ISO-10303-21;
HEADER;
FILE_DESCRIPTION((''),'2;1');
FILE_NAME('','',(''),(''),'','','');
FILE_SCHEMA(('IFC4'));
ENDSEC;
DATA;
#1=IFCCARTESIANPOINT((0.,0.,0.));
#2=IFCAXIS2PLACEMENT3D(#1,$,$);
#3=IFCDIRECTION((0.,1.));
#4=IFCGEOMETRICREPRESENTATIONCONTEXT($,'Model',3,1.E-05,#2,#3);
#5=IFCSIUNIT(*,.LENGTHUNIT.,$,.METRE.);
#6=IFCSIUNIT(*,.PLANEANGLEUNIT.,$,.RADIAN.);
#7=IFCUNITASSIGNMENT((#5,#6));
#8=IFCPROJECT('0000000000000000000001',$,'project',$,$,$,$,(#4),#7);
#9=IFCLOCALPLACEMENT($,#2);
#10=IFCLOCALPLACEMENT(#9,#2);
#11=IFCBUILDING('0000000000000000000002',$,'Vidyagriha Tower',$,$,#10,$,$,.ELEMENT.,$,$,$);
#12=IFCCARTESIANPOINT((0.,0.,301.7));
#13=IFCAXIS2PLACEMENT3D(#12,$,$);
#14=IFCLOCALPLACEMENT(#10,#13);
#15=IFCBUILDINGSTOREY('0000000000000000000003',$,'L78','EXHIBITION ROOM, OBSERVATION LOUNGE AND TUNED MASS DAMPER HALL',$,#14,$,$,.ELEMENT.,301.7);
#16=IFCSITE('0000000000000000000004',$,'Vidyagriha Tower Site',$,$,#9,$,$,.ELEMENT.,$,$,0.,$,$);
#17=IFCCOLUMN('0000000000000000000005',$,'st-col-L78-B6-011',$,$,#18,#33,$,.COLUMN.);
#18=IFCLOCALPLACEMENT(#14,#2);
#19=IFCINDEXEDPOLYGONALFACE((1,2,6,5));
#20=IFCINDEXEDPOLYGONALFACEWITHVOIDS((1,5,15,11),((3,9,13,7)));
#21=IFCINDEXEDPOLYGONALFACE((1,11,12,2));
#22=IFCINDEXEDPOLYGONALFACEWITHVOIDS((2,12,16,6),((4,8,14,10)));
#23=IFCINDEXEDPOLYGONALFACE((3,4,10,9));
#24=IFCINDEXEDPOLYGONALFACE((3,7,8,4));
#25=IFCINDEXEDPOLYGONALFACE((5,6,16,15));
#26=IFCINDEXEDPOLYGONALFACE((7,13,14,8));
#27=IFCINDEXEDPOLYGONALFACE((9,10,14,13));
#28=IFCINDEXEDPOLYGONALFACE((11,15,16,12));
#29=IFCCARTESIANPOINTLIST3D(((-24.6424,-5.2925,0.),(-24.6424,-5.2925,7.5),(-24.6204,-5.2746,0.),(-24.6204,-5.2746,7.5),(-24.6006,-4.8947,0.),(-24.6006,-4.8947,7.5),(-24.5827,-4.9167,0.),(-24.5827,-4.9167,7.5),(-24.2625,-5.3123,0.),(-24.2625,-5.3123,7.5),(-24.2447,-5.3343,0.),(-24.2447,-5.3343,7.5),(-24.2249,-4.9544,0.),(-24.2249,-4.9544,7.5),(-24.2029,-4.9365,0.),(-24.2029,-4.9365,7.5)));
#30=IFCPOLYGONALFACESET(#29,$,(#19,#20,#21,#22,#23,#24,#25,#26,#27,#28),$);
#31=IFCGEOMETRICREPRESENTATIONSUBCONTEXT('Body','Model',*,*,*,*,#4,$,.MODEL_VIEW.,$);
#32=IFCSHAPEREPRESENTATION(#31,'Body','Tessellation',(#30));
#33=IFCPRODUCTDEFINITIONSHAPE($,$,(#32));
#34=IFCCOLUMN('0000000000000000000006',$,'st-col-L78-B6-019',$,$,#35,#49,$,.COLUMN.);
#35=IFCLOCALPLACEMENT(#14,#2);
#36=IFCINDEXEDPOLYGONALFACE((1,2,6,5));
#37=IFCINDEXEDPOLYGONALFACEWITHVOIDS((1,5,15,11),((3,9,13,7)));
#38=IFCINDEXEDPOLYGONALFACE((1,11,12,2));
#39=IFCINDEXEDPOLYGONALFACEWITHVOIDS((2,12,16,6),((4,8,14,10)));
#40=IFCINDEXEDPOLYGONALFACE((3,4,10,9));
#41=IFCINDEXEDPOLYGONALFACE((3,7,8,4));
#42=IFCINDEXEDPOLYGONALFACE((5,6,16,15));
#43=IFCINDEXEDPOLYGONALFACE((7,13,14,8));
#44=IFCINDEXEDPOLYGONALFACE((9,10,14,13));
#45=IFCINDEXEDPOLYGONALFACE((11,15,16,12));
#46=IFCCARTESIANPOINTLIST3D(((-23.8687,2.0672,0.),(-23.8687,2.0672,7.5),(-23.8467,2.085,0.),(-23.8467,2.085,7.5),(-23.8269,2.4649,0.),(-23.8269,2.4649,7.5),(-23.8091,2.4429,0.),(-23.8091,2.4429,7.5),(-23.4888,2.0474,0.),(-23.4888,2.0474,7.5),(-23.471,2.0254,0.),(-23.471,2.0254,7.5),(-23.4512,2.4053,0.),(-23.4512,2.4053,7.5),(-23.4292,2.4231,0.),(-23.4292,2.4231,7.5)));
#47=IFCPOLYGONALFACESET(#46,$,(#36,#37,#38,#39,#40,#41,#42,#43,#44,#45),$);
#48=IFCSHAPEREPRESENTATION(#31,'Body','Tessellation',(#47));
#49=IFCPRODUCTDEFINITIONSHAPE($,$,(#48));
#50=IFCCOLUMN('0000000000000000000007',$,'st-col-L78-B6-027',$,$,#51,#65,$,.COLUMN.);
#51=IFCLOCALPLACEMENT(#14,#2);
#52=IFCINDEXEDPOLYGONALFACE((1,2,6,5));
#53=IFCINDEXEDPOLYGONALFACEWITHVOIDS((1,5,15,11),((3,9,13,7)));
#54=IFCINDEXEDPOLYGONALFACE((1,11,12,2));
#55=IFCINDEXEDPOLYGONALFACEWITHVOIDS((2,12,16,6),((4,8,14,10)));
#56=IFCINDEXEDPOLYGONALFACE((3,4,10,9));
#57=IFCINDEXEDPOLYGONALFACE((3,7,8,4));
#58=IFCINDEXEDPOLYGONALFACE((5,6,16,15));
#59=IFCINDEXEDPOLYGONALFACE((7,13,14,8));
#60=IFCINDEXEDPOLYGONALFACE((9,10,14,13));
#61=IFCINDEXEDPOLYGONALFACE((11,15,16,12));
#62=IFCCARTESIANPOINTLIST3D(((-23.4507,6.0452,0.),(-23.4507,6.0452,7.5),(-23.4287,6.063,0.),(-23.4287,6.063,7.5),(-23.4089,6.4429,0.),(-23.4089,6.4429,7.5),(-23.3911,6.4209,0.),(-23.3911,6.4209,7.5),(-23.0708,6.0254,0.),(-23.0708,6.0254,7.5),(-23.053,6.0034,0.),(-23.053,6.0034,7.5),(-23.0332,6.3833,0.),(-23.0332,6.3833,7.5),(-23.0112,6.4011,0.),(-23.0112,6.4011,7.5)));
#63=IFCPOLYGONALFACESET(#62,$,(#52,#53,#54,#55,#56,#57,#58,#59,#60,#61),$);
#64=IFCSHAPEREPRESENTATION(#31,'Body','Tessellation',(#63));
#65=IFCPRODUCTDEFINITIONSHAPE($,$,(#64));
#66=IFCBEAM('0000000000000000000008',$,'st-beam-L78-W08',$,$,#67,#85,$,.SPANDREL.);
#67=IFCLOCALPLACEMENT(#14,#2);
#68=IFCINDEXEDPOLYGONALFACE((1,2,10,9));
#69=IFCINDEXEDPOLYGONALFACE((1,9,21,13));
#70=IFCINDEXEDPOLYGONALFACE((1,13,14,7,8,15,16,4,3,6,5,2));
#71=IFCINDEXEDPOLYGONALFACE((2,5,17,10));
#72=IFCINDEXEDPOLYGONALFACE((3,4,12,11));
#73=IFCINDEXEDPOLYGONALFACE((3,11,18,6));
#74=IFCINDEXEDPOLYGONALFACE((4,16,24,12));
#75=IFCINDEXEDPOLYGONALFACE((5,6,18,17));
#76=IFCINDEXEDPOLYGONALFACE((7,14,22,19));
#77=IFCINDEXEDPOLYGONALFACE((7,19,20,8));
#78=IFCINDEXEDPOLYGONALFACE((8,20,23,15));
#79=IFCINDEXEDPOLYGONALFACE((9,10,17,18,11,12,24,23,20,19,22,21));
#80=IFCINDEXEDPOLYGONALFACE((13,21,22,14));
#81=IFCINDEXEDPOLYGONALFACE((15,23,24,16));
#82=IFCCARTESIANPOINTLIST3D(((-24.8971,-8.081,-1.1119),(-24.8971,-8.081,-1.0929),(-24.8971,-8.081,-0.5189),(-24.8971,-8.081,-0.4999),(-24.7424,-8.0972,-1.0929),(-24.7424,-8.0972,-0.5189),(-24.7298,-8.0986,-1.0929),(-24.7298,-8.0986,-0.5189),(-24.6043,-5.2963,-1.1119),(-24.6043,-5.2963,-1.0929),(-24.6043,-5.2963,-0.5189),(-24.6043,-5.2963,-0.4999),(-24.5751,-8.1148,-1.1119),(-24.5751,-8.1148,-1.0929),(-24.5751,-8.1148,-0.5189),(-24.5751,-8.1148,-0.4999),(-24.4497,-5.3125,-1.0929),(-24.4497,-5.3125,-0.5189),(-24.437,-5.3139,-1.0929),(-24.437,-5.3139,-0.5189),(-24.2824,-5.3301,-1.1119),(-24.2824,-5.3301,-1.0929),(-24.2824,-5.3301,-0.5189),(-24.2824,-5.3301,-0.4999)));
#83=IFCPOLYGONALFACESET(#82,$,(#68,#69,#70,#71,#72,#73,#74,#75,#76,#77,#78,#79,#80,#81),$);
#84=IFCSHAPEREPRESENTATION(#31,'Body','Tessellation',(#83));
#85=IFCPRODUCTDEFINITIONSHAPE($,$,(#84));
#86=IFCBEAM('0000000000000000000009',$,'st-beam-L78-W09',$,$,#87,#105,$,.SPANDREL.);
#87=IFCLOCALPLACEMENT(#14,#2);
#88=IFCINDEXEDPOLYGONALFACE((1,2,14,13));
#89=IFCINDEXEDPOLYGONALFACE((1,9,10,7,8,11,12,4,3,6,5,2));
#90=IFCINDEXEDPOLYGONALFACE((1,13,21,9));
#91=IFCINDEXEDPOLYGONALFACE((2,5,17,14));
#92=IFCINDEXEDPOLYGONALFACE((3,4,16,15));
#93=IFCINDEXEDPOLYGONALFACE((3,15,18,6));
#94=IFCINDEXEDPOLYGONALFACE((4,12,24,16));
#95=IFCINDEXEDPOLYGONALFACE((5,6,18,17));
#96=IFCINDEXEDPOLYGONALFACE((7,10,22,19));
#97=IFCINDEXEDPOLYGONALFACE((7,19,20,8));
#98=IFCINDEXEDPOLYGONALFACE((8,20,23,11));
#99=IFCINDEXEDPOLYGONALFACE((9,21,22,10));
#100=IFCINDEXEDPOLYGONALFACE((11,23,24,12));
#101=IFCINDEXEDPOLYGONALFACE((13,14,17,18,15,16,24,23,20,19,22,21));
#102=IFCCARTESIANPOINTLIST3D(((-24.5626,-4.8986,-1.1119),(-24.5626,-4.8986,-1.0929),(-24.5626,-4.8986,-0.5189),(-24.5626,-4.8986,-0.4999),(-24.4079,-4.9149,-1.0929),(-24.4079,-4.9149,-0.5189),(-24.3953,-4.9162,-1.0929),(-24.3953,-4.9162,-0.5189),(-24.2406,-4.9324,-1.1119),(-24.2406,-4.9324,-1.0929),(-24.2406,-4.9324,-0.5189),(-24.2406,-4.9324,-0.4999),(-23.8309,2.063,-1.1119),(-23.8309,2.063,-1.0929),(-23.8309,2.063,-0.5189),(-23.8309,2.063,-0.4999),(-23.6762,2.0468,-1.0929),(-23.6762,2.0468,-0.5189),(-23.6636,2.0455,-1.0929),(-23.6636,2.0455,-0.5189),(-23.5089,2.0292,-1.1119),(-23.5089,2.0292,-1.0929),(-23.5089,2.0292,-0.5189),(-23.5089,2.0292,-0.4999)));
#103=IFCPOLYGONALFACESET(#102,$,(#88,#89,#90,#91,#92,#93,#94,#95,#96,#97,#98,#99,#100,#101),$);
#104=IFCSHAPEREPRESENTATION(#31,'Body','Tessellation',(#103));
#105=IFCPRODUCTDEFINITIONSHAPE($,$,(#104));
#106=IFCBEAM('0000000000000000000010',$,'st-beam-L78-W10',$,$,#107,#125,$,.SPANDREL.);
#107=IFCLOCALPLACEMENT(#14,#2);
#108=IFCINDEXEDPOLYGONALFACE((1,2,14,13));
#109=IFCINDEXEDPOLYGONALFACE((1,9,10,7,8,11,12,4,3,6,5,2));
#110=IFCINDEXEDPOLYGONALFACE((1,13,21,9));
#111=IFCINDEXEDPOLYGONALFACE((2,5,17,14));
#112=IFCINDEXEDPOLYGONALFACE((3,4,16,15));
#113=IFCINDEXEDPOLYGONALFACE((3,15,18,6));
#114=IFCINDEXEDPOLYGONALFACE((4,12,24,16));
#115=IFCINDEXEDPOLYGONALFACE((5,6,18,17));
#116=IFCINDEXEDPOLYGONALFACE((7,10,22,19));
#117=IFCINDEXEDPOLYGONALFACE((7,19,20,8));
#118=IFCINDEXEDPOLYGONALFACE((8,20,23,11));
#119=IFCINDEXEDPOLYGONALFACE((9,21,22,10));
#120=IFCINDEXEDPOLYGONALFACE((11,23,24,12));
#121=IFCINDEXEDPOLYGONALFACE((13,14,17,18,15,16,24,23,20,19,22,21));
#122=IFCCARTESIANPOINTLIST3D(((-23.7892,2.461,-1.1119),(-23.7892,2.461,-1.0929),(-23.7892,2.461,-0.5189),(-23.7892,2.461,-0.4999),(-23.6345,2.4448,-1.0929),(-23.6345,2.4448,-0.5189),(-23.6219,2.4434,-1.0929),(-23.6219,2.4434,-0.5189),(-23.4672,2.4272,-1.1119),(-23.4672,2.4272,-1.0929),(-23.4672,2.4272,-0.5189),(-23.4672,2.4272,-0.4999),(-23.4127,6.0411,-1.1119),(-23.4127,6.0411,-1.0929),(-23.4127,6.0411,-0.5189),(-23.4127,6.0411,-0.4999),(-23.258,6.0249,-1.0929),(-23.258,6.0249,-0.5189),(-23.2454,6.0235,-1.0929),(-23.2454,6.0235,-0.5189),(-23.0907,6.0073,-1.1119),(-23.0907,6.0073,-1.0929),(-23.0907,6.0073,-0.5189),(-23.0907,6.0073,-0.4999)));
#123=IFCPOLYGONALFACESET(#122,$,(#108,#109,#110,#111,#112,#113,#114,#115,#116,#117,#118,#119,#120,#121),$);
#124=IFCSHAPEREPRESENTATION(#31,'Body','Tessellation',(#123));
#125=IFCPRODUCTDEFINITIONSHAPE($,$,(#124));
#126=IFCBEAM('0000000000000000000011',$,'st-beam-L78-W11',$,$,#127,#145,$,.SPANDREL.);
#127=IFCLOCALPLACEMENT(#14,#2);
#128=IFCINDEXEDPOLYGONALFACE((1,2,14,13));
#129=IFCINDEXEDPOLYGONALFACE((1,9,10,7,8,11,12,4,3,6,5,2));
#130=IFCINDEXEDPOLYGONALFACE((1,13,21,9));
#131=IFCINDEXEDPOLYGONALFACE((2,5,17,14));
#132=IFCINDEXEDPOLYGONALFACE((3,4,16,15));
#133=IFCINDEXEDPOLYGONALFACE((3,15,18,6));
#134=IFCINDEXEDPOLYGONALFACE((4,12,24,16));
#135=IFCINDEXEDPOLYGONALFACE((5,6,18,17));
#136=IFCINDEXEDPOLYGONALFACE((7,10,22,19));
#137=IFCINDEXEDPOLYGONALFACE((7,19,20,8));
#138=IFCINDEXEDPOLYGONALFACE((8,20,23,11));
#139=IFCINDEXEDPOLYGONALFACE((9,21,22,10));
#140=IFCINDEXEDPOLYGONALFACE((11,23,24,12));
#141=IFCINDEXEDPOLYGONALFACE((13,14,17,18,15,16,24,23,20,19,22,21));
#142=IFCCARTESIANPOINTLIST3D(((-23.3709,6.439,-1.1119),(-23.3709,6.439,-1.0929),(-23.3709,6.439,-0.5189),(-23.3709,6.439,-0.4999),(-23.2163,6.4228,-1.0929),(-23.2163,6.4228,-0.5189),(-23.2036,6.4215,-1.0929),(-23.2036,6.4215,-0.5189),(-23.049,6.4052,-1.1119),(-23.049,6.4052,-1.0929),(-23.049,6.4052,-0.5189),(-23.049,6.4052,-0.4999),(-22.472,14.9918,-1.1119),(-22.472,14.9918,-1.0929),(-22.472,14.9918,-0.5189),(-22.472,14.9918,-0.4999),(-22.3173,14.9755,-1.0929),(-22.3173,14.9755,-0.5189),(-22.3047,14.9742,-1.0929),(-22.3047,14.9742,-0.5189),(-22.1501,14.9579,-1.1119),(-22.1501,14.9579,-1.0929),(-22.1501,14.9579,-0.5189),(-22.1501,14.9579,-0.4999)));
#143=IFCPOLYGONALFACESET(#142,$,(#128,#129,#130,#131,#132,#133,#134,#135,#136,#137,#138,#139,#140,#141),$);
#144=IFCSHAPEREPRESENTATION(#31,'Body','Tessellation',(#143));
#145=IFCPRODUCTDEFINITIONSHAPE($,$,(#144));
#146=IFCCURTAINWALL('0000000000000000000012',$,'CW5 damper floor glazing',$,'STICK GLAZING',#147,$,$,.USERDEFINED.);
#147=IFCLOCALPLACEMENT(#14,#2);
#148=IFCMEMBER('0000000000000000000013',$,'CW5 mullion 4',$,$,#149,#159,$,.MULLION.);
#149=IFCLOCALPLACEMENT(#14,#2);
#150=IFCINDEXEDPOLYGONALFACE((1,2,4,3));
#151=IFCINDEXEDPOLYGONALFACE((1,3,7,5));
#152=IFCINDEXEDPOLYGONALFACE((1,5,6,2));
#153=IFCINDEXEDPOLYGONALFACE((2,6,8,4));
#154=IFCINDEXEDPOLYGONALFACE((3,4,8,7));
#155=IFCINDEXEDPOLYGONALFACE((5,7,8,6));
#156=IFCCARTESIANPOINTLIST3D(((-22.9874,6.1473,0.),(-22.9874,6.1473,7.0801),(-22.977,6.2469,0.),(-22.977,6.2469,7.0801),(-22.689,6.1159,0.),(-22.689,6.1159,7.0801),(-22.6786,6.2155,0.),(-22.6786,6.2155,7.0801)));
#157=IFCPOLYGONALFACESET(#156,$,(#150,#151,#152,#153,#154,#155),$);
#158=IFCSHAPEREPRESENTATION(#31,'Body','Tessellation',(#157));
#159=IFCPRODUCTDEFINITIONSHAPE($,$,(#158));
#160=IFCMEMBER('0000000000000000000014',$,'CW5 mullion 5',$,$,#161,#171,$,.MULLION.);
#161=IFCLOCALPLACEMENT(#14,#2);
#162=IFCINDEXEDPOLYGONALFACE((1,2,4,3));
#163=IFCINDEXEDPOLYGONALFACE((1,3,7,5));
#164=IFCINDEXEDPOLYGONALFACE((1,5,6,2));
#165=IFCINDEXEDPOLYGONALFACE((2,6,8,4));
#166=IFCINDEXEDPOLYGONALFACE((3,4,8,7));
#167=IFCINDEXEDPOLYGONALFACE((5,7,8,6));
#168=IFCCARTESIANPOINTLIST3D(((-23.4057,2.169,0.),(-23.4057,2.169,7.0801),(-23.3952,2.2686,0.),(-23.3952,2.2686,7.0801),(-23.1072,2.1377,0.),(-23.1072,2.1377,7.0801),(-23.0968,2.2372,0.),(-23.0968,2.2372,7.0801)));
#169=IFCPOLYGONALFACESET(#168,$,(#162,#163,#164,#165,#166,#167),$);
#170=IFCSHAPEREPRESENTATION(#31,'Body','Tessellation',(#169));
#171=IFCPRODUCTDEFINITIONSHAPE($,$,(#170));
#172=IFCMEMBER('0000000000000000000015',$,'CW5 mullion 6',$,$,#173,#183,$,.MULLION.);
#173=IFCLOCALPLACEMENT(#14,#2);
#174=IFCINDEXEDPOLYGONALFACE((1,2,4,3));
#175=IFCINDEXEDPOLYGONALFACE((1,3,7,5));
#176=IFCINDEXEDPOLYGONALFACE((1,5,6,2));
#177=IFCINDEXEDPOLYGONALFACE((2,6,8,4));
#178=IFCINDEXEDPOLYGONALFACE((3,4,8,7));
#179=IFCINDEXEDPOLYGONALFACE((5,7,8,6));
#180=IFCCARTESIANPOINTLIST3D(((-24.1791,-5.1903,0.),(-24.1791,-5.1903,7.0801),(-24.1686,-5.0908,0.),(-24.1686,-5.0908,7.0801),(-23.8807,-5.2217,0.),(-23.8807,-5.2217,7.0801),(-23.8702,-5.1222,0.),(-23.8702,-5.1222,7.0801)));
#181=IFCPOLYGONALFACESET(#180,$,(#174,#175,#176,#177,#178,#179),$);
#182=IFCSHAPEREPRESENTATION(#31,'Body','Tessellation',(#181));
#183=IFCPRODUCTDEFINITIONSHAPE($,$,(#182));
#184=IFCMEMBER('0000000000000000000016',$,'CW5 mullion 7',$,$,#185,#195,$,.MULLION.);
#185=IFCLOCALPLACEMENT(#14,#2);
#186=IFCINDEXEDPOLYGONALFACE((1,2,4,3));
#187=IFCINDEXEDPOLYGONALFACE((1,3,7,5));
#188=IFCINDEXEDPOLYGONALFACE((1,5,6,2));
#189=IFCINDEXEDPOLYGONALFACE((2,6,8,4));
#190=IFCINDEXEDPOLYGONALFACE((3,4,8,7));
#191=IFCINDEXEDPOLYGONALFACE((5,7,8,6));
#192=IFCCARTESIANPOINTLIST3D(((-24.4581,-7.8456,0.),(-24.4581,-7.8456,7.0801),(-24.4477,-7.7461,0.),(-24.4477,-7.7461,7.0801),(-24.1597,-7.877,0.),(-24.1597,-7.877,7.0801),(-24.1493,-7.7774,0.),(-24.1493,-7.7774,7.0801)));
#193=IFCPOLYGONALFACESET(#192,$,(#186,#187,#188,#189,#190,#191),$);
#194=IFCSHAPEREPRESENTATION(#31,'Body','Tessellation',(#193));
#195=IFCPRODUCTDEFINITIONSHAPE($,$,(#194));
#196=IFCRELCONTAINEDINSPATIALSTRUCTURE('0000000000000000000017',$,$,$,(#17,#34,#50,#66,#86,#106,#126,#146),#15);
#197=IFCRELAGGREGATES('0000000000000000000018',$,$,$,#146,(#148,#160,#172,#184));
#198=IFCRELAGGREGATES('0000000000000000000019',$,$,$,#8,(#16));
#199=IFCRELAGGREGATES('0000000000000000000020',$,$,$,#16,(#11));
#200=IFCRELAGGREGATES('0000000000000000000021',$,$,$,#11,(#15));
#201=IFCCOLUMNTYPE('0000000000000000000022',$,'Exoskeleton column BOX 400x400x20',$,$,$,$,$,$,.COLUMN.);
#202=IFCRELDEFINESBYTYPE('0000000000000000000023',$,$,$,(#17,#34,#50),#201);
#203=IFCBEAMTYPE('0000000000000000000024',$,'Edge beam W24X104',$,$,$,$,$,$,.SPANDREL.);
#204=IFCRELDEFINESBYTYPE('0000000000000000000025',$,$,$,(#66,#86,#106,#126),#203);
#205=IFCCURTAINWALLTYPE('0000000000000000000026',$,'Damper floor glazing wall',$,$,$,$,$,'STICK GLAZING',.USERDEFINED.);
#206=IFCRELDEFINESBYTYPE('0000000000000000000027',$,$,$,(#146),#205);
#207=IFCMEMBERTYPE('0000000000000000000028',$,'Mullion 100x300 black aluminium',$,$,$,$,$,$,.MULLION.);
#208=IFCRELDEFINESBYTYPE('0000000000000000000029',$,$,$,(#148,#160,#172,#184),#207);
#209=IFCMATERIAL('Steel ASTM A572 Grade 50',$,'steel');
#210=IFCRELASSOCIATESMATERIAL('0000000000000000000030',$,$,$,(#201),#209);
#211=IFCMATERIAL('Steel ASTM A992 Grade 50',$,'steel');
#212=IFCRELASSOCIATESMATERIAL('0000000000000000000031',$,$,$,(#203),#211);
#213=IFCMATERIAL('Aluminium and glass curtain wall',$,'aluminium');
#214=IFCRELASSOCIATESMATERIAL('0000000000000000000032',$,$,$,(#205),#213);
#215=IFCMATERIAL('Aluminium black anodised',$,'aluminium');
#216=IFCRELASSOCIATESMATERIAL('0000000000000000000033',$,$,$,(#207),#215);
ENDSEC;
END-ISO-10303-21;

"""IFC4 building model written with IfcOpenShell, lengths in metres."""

from ifc_helpers import new_model, si_unit, direction, frame, origin, origin_2d, place, context, subcontext, project, spatial, rectangle, hollow_rectangle, i_section, extrude, material, material_profile, profile_set, type_object, element, aggregate, save


model = new_model("IFC4")

# Units and contexts
model_context = context("Model", 3, precision=1e-05, world=origin(), true_north=direction((0.0, 1.0)))
body_context = subcontext(model_context, "Body", "Model", "MODEL_VIEW")
ifc_project = project(units=[si_unit("LENGTHUNIT", "METRE"), si_unit("PLANEANGLEUNIT", "RADIAN")], contexts=[model_context])

# Site, building, storey
site_placement = place(None, origin())
site = spatial("IfcSite", under=ifc_project, at=site_placement, Name="Vidyagriha Tower Site", CompositionType="ELEMENT", RefElevation=0.0)
building_placement = place(site_placement, origin())
building = spatial("IfcBuilding", under=site, at=building_placement, Name="Vidyagriha Tower", CompositionType="ELEMENT")
storey_placement = place(building_placement, frame((0.0, 0.0, 301.7)))
storey = spatial("IfcBuildingStorey", under=building, at=storey_placement, Name="L78", Description="EXHIBITION ROOM, OBSERVATION LOUNGE AND TUNED MASS DAMPER HALL", CompositionType="ELEMENT", Elevation=301.7)

# Columns
ifc_material_1 = material(Name="Steel ASTM A572 Grade 50", Category="steel")
ifc_material_profile_1 = material_profile(ifc_material_1, hollow_rectangle(XDim=0.3999, YDim=0.3999, WallThickness=0.02, at=origin_2d()), Name="BOX 400x400x20")
ifc_profile_set_1 = profile_set([ifc_material_profile_1], Name="Steel ASTM A572 Grade 50")
column_type = type_object("IfcColumnType", Name="Exoskeleton column BOX 400x400x20", PredefinedType="COLUMN", material=ifc_profile_set_1)
for number, where, z_axis, x_axis, name in (
    (1, (-24.4226, -5.1145, 0.0), (0.0, 0.0, 1.0), (0.994522, -0.104528, 0.0), "st-col-L78-B6-011"),
    (2, (-23.6489, 2.2451, 0.0), (0.0, 0.0, 1.0), (0.994522, -0.104528, 0.0), "st-col-L78-B6-019"),
    (3, (-23.231, 6.2231, 0.0), (0.0, 0.0, 1.0), (0.994522, -0.104528, 0.0), "st-col-L78-B6-027"),
):
    element("IfcColumn", number, at=place(storey_placement, frame(where, z_axis=z_axis, x_axis=x_axis)), inside=storey, type_object=column_type, Name=name, PredefinedType="COLUMN", context=body_context, shape_type="SweptSolid", body=[
        extrude(hollow_rectangle(XDim=0.3999, YDim=0.3999, WallThickness=0.02, at=origin_2d()), origin(), (0.0, 0.0, 1.0), 7.5),
    ])

# Beams
ifc_material_2 = material(Name="Steel ASTM A992 Grade 50", Category="steel")
ifc_material_profile_2 = material_profile(ifc_material_2, i_section(OverallWidth=0.3237, OverallDepth=0.6121, WebThickness=0.0127, FlangeThickness=0.019, at=origin_2d()), Name="W24X104")
ifc_profile_set_2 = profile_set([ifc_material_profile_2], Name="Steel ASTM A992 Grade 50")
beam_type = type_object("IfcBeamType", Name="Edge beam W24X104", PredefinedType="SPANDREL", material=ifc_profile_set_2)
beam_1_placement = place(storey_placement, frame((-24.7361, -8.0979, -0.8059), z_axis=(0.104544, 0.99452, 0.0), x_axis=(-0.99452, 0.104544, 0.0)))
element("IfcBeam", 4, at=beam_1_placement, inside=storey, type_object=beam_type, Name="st-beam-L78-W08", PredefinedType="SPANDREL", context=body_context, shape_type="SweptSolid", body=[
    extrude(i_section(OverallWidth=0.3237, OverallDepth=0.6121, WebThickness=0.0127, FlangeThickness=0.019, at=origin_2d()), origin(), (0.0, 0.0, 1.0), 2.8),
])
beam_2_placement = place(storey_placement, frame((-24.4016, -4.9155, -0.8059), z_axis=(0.104527, 0.994522, 0.0), x_axis=(-0.994522, 0.104527, 0.0)))
element("IfcBeam", 5, at=beam_2_placement, inside=storey, type_object=beam_type, Name="st-beam-L78-W09", PredefinedType="SPANDREL", context=body_context, shape_type="SweptSolid", body=[
    extrude(i_section(OverallWidth=0.3237, OverallDepth=0.6121, WebThickness=0.0127, FlangeThickness=0.019, at=origin_2d()), origin(), (0.0, 0.0, 1.0), 7.0),
])
beam_3_placement = place(storey_placement, frame((-23.6282, 2.4441, -0.8059), z_axis=(0.104579, 0.994517, 0.0), x_axis=(-0.994517, 0.104579, 0.0)))
element("IfcBeam", 6, at=beam_3_placement, inside=storey, type_object=beam_type, Name="st-beam-L78-W10", PredefinedType="SPANDREL", context=body_context, shape_type="SweptSolid", body=[
    extrude(i_section(OverallWidth=0.3237, OverallDepth=0.6121, WebThickness=0.0127, FlangeThickness=0.019, at=origin_2d()), origin(), (0.0, 0.0, 1.0), 3.5999),
])
beam_4_placement = place(storey_placement, frame((-23.21, 6.4221, -0.8059), z_axis=(0.104528, 0.994522, 0.0), x_axis=(-0.994522, 0.104528, 0.0)))
element("IfcBeam", 7, at=beam_4_placement, inside=storey, type_object=beam_type, Name="st-beam-L78-W11", PredefinedType="SPANDREL", context=body_context, shape_type="SweptSolid", body=[
    extrude(i_section(OverallWidth=0.3237, OverallDepth=0.6121, WebThickness=0.0127, FlangeThickness=0.019, at=origin_2d()), origin(), (0.0, 0.0, 1.0), 8.5999),
])

# Curtain wall, members
ifc_material_3 = material(Name="Aluminium and glass curtain wall", Category="aluminium")
curtain_wall_type = type_object("IfcCurtainWallType", Name="Damper floor glazing wall", ElementType="STICK GLAZING", PredefinedType="USERDEFINED", material=ifc_material_3)
curtain_wall_1_placement = place(storey_placement, origin())
curtain_wall_1 = element("IfcCurtainWall", 8, at=curtain_wall_1_placement, inside=storey, type_object=curtain_wall_type, Name="CW5 damper floor glazing", ObjectType="STICK GLAZING", PredefinedType="USERDEFINED")
ifc_material_4 = material(Name="Aluminium black anodised", Category="aluminium")
ifc_material_profile_3 = material_profile(ifc_material_4, rectangle(XDim=0.3, YDim=0.1001, at=origin_2d()), Name="Mullion 100x300 black aluminium")
ifc_profile_set_3 = profile_set([ifc_material_profile_3], Name="Aluminium black anodised")
member_type_1 = type_object("IfcMemberType", Name="Mullion 100x300 black aluminium", PredefinedType="MULLION", material=ifc_profile_set_3)
member_1_placement = place(storey_placement, frame((-22.833, 6.1814, 0.0), z_axis=(0.0, 0.0, 1.0), x_axis=(0.994522, -0.104527, 0.0)))
member_1 = element("IfcMember", 9, at=member_1_placement, type_object=member_type_1, Name="CW5 mullion 4", PredefinedType="MULLION", context=body_context, shape_type="SweptSolid", body=[
    extrude(rectangle(XDim=0.3, YDim=0.1001, at=origin_2d()), origin(), (0.0, 0.0, 1.0), 7.0801),
])
member_2_placement = place(storey_placement, frame((-23.2512, 2.2031, 0.0), z_axis=(0.0, 0.0, 1.0), x_axis=(0.994522, -0.104527, 0.0)))
member_2 = element("IfcMember", 10, at=member_2_placement, type_object=member_type_1, Name="CW5 mullion 5", PredefinedType="MULLION", context=body_context, shape_type="SweptSolid", body=[
    extrude(rectangle(XDim=0.3, YDim=0.1001, at=origin_2d()), origin(), (0.0, 0.0, 1.0), 7.0801),
])
member_3_placement = place(storey_placement, frame((-24.0247, -5.1562, 0.0), z_axis=(0.0, 0.0, 1.0), x_axis=(0.994522, -0.104527, 0.0)))
member_3 = element("IfcMember", 11, at=member_3_placement, type_object=member_type_1, Name="CW5 mullion 6", PredefinedType="MULLION", context=body_context, shape_type="SweptSolid", body=[
    extrude(rectangle(XDim=0.3, YDim=0.1001, at=origin_2d()), origin(), (0.0, 0.0, 1.0), 7.0801),
])
member_4_placement = place(storey_placement, frame((-24.3037, -7.8115, 0.0), z_axis=(0.0, 0.0, 1.0), x_axis=(0.994522, -0.104527, 0.0)))
member_4 = element("IfcMember", 12, at=member_4_placement, type_object=member_type_1, Name="CW5 mullion 7", PredefinedType="MULLION", context=body_context, shape_type="SweptSolid", body=[
    extrude(rectangle(XDim=0.3, YDim=0.1001, at=origin_2d()), origin(), (0.0, 0.0, 1.0), 7.0801),
])

aggregate(curtain_wall_1, [member_1, member_2, member_3, member_4])

save(model, "model.ifc")
